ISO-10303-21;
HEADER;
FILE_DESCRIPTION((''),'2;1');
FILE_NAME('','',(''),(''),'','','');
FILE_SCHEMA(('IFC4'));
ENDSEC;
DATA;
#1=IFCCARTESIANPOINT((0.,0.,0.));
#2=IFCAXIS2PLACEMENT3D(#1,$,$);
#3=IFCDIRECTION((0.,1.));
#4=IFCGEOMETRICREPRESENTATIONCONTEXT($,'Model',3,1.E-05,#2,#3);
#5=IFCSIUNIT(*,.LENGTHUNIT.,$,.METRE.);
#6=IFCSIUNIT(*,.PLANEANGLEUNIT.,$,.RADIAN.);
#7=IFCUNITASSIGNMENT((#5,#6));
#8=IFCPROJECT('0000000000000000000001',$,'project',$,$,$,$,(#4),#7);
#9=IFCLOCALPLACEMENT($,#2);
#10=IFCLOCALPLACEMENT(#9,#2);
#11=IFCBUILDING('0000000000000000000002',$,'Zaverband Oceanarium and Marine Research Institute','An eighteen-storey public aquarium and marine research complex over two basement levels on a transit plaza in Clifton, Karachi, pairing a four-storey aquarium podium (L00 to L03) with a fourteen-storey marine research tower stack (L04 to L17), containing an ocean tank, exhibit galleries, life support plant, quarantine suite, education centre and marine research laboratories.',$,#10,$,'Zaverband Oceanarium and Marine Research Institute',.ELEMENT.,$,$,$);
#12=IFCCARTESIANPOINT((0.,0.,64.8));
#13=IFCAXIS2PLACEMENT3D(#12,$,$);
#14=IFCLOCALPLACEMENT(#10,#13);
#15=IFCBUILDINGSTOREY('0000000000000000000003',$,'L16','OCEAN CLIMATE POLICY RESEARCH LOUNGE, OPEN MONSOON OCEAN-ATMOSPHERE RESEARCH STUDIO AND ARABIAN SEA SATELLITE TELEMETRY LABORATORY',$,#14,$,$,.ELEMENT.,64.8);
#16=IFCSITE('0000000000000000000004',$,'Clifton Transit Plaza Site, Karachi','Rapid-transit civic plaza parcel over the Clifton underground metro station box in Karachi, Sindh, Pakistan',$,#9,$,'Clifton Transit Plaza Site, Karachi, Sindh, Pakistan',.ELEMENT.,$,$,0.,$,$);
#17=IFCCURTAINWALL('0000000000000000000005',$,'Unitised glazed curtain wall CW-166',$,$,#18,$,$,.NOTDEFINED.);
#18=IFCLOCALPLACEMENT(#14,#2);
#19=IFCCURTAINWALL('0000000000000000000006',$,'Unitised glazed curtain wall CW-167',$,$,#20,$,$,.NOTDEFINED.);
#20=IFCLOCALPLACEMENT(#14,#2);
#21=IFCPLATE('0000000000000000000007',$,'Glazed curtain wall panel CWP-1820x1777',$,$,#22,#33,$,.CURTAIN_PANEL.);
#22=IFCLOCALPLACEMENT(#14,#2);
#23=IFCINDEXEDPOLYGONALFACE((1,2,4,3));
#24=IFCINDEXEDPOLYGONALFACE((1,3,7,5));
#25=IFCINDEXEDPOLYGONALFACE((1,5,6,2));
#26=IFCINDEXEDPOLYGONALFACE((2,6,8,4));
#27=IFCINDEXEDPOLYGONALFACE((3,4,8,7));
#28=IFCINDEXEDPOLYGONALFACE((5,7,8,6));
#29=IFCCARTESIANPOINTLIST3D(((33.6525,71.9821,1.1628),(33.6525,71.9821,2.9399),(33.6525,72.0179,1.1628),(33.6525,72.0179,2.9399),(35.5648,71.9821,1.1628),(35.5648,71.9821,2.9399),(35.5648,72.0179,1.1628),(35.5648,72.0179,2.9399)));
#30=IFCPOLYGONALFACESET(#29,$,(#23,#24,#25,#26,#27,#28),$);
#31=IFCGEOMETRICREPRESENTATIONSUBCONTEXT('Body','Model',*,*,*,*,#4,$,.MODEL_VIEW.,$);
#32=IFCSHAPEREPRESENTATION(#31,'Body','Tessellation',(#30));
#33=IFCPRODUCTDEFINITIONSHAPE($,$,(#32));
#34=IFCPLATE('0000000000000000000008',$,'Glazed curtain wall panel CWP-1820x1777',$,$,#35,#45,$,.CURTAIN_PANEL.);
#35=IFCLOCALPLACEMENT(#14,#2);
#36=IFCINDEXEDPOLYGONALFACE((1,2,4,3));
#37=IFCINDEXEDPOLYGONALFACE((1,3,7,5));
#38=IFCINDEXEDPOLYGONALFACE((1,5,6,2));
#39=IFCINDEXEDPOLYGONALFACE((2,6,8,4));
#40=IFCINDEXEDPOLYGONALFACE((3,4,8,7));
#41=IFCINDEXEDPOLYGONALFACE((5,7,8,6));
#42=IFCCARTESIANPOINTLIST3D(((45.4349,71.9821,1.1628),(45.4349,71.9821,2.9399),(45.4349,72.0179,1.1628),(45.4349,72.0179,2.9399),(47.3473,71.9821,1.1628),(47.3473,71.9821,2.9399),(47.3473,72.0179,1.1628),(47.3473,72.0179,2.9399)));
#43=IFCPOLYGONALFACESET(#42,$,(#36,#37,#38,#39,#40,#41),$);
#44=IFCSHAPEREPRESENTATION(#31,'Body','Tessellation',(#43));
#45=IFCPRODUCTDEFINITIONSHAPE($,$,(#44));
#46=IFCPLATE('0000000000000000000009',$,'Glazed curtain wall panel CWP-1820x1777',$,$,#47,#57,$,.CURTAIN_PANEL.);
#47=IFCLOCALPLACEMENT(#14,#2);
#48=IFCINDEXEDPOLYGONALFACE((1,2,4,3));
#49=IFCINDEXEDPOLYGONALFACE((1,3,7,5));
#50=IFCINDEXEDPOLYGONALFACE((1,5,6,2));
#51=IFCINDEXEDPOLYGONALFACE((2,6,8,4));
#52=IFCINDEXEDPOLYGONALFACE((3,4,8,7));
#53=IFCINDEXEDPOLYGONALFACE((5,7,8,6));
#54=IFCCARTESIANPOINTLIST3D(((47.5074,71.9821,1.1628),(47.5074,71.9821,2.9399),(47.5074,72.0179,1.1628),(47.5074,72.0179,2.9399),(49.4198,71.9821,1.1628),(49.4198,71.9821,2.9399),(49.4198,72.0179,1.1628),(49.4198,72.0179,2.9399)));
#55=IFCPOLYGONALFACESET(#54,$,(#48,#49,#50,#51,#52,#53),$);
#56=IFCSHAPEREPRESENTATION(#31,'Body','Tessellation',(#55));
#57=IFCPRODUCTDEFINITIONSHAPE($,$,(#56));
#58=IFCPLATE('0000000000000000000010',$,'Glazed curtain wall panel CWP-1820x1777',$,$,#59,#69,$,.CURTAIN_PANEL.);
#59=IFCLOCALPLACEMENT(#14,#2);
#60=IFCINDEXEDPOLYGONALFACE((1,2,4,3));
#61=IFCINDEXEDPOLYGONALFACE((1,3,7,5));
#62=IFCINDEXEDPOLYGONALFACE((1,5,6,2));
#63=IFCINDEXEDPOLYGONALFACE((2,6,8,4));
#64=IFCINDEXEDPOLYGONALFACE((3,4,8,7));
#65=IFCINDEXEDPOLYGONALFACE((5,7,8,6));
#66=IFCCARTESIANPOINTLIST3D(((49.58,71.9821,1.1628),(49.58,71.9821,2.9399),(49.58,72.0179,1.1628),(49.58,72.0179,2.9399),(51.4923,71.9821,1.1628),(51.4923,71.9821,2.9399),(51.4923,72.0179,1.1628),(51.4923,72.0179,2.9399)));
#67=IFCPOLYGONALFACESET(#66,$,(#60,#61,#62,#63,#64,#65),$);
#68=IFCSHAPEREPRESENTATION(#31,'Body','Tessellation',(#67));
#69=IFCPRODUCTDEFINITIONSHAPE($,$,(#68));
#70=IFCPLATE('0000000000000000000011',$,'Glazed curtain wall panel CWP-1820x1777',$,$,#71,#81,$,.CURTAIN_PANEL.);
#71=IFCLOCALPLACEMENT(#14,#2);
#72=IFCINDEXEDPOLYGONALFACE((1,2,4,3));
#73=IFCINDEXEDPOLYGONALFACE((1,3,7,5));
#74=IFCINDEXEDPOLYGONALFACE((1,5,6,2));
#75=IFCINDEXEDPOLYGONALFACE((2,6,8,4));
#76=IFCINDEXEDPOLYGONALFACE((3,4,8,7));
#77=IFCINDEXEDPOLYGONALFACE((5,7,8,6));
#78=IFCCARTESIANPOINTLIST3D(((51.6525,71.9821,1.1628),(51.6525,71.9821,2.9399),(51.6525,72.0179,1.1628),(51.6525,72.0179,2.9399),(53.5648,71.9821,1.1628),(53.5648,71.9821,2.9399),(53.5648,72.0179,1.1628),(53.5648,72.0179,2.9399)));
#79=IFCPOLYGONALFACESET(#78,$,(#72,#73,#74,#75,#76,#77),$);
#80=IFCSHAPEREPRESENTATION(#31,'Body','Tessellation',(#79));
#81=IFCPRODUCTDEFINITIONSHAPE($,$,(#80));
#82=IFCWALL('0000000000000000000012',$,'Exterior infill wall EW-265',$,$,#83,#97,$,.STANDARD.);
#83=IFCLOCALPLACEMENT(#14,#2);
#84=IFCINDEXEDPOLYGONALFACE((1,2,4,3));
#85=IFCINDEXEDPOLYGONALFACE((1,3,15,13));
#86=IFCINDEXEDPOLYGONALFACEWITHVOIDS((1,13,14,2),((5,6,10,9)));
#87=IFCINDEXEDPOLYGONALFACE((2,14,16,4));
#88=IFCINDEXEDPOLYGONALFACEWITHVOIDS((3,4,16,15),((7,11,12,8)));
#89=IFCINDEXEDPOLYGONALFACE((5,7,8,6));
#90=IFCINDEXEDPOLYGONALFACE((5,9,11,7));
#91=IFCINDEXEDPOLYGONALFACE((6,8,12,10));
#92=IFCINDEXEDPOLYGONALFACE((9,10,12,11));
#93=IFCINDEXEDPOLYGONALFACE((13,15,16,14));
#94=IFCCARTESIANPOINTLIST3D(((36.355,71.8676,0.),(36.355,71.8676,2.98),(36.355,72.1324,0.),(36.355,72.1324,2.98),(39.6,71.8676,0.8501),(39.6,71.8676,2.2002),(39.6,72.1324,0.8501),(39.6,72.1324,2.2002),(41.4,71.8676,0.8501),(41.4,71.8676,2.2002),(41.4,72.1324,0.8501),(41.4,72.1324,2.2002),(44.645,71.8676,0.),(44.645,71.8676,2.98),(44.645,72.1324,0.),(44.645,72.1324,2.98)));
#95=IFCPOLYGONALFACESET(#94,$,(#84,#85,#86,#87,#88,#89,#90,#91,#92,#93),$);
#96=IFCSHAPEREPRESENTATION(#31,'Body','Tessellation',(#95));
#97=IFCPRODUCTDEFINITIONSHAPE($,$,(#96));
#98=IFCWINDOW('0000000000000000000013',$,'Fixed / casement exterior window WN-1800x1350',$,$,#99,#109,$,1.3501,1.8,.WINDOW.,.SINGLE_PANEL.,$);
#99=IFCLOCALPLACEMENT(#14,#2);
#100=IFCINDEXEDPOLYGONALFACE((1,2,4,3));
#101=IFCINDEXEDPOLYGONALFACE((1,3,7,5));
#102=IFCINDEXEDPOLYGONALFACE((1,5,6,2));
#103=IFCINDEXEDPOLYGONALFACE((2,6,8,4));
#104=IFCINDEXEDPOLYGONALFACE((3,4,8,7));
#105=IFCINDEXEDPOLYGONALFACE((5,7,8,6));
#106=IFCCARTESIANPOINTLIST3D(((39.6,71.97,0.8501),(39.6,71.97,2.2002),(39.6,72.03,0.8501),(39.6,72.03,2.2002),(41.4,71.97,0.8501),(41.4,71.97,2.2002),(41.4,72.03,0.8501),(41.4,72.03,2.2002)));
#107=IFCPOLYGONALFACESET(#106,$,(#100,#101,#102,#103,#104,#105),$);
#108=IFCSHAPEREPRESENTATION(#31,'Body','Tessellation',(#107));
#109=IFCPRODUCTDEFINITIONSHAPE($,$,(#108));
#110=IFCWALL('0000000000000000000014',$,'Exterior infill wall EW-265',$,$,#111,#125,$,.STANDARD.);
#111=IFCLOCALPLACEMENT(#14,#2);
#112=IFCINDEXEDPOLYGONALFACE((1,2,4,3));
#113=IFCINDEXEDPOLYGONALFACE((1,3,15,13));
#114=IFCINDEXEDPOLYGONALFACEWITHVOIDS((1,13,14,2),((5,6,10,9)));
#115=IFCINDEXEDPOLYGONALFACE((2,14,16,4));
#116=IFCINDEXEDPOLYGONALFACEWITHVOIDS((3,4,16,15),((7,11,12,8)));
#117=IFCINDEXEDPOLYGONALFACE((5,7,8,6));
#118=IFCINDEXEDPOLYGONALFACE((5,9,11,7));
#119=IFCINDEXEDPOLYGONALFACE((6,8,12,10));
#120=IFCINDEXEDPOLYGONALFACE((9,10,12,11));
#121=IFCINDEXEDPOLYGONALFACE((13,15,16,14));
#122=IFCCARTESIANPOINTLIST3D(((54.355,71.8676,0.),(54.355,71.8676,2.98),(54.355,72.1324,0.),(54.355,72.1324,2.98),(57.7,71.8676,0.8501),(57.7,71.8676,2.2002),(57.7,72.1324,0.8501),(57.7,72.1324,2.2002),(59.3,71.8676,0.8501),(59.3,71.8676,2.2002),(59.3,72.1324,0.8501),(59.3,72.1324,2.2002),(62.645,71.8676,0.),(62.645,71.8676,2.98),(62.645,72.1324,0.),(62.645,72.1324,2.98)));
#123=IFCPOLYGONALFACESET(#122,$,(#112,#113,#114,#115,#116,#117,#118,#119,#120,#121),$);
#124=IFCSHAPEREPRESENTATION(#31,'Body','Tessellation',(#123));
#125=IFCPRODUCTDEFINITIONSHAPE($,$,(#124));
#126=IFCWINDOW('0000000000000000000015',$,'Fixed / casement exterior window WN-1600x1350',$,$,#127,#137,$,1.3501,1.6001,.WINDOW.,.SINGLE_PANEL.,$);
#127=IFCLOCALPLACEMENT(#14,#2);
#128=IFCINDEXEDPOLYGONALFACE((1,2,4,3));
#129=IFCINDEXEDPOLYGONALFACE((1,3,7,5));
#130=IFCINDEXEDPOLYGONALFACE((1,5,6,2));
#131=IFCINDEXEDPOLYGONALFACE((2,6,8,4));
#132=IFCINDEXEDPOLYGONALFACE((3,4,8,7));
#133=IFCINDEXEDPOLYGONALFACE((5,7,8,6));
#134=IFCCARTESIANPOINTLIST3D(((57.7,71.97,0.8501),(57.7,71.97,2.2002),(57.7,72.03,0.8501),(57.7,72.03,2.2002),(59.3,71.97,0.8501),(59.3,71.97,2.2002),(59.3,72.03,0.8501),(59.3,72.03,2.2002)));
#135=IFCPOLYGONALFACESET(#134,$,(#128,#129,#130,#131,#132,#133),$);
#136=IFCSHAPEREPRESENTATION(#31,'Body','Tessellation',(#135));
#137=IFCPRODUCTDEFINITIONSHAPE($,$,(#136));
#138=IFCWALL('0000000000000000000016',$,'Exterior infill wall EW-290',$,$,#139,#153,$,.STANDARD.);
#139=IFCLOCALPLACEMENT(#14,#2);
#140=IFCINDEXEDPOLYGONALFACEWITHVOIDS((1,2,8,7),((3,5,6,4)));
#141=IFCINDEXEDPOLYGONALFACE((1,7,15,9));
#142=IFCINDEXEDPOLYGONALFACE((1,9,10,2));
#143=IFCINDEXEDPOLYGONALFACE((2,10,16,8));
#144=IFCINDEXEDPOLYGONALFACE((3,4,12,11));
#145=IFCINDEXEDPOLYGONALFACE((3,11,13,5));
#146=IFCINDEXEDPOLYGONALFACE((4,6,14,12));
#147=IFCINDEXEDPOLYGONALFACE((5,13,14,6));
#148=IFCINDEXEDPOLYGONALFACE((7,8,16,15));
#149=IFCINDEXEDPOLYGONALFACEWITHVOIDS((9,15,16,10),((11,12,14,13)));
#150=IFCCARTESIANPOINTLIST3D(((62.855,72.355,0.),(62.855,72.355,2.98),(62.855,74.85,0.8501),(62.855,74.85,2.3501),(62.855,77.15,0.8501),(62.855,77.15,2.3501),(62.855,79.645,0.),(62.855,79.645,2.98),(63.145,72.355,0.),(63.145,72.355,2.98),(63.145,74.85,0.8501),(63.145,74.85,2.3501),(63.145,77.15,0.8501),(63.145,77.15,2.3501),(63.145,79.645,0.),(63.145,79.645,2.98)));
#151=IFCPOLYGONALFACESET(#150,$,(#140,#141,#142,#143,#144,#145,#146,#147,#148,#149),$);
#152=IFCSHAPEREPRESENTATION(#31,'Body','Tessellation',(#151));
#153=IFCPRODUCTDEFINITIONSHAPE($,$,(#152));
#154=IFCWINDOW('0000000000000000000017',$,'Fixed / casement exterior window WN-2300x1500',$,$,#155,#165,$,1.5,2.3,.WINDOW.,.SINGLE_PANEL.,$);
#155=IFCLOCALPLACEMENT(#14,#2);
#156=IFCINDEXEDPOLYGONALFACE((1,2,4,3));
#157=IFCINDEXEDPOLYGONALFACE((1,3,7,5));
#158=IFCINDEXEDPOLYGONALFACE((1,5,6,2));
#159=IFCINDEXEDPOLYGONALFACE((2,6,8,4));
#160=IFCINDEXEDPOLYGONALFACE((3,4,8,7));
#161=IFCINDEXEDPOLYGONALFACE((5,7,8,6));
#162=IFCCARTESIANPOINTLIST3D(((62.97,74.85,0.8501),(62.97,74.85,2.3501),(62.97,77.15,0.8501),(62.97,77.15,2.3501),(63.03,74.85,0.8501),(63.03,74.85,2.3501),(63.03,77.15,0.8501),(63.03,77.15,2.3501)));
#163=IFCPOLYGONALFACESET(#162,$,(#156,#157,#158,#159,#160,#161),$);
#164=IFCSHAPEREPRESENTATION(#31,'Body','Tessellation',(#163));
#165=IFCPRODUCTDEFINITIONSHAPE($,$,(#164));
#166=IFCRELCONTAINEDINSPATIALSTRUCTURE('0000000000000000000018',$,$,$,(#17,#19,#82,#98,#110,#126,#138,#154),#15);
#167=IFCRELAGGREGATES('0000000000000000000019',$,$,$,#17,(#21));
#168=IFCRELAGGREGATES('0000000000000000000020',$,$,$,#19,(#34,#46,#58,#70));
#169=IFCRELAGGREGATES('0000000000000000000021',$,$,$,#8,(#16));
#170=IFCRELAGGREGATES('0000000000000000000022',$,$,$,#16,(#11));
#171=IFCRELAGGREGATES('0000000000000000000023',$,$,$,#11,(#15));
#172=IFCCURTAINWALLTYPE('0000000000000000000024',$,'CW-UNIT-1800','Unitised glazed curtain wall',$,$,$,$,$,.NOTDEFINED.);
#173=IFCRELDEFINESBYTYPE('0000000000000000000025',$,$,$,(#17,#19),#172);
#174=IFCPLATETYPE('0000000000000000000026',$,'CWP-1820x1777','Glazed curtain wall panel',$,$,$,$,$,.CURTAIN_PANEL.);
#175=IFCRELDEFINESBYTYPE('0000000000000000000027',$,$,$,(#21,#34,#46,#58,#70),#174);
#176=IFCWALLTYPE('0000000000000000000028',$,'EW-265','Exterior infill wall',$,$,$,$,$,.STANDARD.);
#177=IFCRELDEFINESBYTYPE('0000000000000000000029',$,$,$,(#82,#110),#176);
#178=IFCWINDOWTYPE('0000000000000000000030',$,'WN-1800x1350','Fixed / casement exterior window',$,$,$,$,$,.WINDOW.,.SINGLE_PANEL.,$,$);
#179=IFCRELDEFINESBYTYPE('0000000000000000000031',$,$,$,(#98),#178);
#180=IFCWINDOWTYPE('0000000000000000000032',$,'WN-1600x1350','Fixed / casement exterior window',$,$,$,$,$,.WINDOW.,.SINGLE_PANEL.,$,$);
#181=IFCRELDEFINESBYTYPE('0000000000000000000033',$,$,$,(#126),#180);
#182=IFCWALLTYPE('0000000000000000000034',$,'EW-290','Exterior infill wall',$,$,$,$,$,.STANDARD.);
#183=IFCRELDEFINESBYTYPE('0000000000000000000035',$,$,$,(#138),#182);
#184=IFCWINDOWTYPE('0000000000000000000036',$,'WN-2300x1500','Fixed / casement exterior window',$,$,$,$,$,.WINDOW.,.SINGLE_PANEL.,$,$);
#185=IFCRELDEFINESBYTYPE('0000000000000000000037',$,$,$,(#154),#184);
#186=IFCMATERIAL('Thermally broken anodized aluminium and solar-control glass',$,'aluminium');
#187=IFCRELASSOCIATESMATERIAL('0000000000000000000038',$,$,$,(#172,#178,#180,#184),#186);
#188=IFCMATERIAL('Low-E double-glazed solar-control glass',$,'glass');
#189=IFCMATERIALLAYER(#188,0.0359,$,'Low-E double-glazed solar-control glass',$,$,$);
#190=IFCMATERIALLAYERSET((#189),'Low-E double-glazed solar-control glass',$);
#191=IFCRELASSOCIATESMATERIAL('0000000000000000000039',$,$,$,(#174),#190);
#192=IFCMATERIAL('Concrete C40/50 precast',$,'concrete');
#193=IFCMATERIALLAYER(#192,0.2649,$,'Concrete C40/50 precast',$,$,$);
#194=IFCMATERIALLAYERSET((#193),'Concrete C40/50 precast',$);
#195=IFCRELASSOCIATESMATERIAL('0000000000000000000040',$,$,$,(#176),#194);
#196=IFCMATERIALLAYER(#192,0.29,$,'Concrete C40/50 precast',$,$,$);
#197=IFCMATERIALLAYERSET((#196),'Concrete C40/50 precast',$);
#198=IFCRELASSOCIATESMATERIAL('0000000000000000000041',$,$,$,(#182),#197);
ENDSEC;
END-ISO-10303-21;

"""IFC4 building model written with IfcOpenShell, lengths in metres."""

from ifc_helpers import new_model, si_unit, direction, frame, frame_2d, origin, place, context, subcontext, project, spatial, rectangle, extrude, material, layer, layer_set, type_object, element, fill, aggregate, save


model = new_model("IFC4")

# Units and contexts
model_context = context("Model", 3, precision=1e-05, world=origin(), true_north=direction((0.0, 1.0)))
body_context = subcontext(model_context, "Body", "Model", "MODEL_VIEW")
ifc_project = project(units=[si_unit("LENGTHUNIT", "METRE"), si_unit("PLANEANGLEUNIT", "RADIAN")], contexts=[model_context])

# Site, building, storey
site_placement = place(None, origin())
site = spatial("IfcSite", under=ifc_project, at=site_placement, Name="Clifton Transit Plaza Site, Karachi", Description="Rapid-transit civic plaza parcel over the Clifton underground metro station box in Karachi, Sindh, Pakistan", LongName="Clifton Transit Plaza Site, Karachi, Sindh, Pakistan", CompositionType="ELEMENT", RefElevation=0.0)
building_placement = place(site_placement, origin())
building = spatial("IfcBuilding", under=site, at=building_placement, Name="Zaverband Oceanarium and Marine Research Institute", Description="An eighteen-storey public aquarium and marine research complex over two basement levels on a transit plaza in Clifton, Karachi, pairing a four-storey aquarium podium (L00 to L03) with a fourteen-storey marine research tower stack (L04 to L17), containing an ocean tank, exhibit galleries, life support plant, quarantine suite, education centre and marine research laboratories.", LongName="Zaverband Oceanarium and Marine Research Institute", CompositionType="ELEMENT")
storey_placement = place(building_placement, frame((0.0, 0.0, 64.8)))
storey = spatial("IfcBuildingStorey", under=building, at=storey_placement, Name="L16", Description="OCEAN CLIMATE POLICY RESEARCH LOUNGE, OPEN MONSOON OCEAN-ATMOSPHERE RESEARCH STUDIO AND ARABIAN SEA SATELLITE TELEMETRY LABORATORY", CompositionType="ELEMENT", Elevation=64.8)

# Curtain walls
ifc_material_1 = material(Name="Thermally broken anodized aluminium and solar-control glass", Category="aluminium")
curtain_wall_type = type_object("IfcCurtainWallType", Name="CW-UNIT-1800", Description="Unitised glazed curtain wall", PredefinedType="NOTDEFINED", material=ifc_material_1)
curtain_wall_1_placement = place(storey_placement, origin())
curtain_wall_1 = element("IfcCurtainWall", 1, at=curtain_wall_1_placement, inside=storey, type_object=curtain_wall_type, Name="Unitised glazed curtain wall CW-166", PredefinedType="NOTDEFINED")
curtain_wall_2_placement = place(storey_placement, origin())
curtain_wall_2 = element("IfcCurtainWall", 2, at=curtain_wall_2_placement, inside=storey, type_object=curtain_wall_type, Name="Unitised glazed curtain wall CW-167", PredefinedType="NOTDEFINED")

# Plates
ifc_material_2 = material(Name="Low-E double-glazed solar-control glass", Category="glass")
ifc_layer_1 = layer(ifc_material_2, 0.0359, Name="Low-E double-glazed solar-control glass")
ifc_layer_set_1 = layer_set([ifc_layer_1], Name="Low-E double-glazed solar-control glass")
plate_type_1 = type_object("IfcPlateType", Name="CWP-1820x1777", Description="Glazed curtain wall panel", PredefinedType="CURTAIN_PANEL", material=ifc_layer_set_1)
plate_1_placement = place(storey_placement, frame((33.6526, 72.0, 1.1628), z_axis=(0.0, 0.0, 1.0), x_axis=(1.0, 0.0, 0.0)))
plate_1 = element("IfcPlate", 3, at=plate_1_placement, type_object=plate_type_1, Name="Glazed curtain wall panel CWP-1820x1777", PredefinedType="CURTAIN_PANEL", context=body_context, shape_type="SweptSolid", body=[
    extrude(rectangle(XDim=1.9124, YDim=0.0359, at=frame_2d((0.9561, 0.0))), origin(), (0.0, 0.0, 1.0), 1.7771),
])
aggregate(curtain_wall_1, [plate_1])
plate_2_placement = place(storey_placement, frame((45.4351, 72.0, 1.1628), z_axis=(0.0, 0.0, 1.0), x_axis=(1.0, 0.0, 0.0)))
plate_2 = element("IfcPlate", 4, at=plate_2_placement, type_object=plate_type_1, Name="Glazed curtain wall panel CWP-1820x1777", PredefinedType="CURTAIN_PANEL", context=body_context, shape_type="SweptSolid", body=[
    extrude(rectangle(XDim=1.9124, YDim=0.0359, at=frame_2d((0.9561, 0.0))), origin(), (0.0, 0.0, 1.0), 1.7771),
])
plate_3_placement = place(storey_placement, frame((47.5076, 72.0, 1.1628), z_axis=(0.0, 0.0, 1.0), x_axis=(1.0, 0.0, 0.0)))
plate_3 = element("IfcPlate", 5, at=plate_3_placement, type_object=plate_type_1, Name="Glazed curtain wall panel CWP-1820x1777", PredefinedType="CURTAIN_PANEL", context=body_context, shape_type="SweptSolid", body=[
    extrude(rectangle(XDim=1.9124, YDim=0.0359, at=frame_2d((0.9561, 0.0))), origin(), (0.0, 0.0, 1.0), 1.7771),
])
plate_4_placement = place(storey_placement, frame((49.5801, 72.0, 1.1628), z_axis=(0.0, 0.0, 1.0), x_axis=(1.0, 0.0, 0.0)))
plate_4 = element("IfcPlate", 6, at=plate_4_placement, type_object=plate_type_1, Name="Glazed curtain wall panel CWP-1820x1777", PredefinedType="CURTAIN_PANEL", context=body_context, shape_type="SweptSolid", body=[
    extrude(rectangle(XDim=1.9124, YDim=0.0359, at=frame_2d((0.9561, 0.0))), origin(), (0.0, 0.0, 1.0), 1.7771),
])
plate_5_placement = place(storey_placement, frame((51.6526, 72.0, 1.1628), z_axis=(0.0, 0.0, 1.0), x_axis=(1.0, 0.0, 0.0)))
plate_5 = element("IfcPlate", 7, at=plate_5_placement, type_object=plate_type_1, Name="Glazed curtain wall panel CWP-1820x1777", PredefinedType="CURTAIN_PANEL", context=body_context, shape_type="SweptSolid", body=[
    extrude(rectangle(XDim=1.9124, YDim=0.0359, at=frame_2d((0.9561, 0.0))), origin(), (0.0, 0.0, 1.0), 1.7771),
])
aggregate(curtain_wall_2, [plate_2, plate_3, plate_4, plate_5])

# Walls, openings, windows
ifc_material_3 = material(Name="Concrete C40/50 precast", Category="concrete")
ifc_layer_2 = layer(ifc_material_3, 0.2649, Name="Concrete C40/50 precast")
ifc_layer_set_2 = layer_set([ifc_layer_2], Name="Concrete C40/50 precast")
wall_type_1 = type_object("IfcWallType", Name="EW-265", Description="Exterior infill wall", PredefinedType="STANDARD", material=ifc_layer_set_2)
wall_1_placement = place(storey_placement, frame((36.355, 72.0, 0.0), z_axis=(0.0, 0.0, 1.0), x_axis=(1.0, 0.0, 0.0)))
wall_1 = element("IfcWall", 8, at=wall_1_placement, inside=storey, type_object=wall_type_1, Name="Exterior infill wall EW-265", PredefinedType="STANDARD", context=body_context, shape_type="SweptSolid", body=[
    extrude(rectangle(XDim=8.29, YDim=0.2649, at=frame_2d((4.145, 0.0))), origin(), (0.0, 0.0, 1.0), 2.98),
])
opening_1_placement = place(wall_1_placement, frame((3.2451, 0.0, 0.8501)))
opening_1 = element("IfcOpeningElement", 9, at=opening_1_placement, cuts=wall_1, PredefinedType="OPENING", context=body_context, shape_type="SweptSolid", body=[
    extrude(rectangle(XDim=1.8, YDim=1.3501, at=frame_2d((0.8999, 0.675))), frame((0.0, 0.1445, 0.0), z_axis=(0.0, -1.0, 0.0), x_axis=(1.0, 0.0, 0.0)), (0.0, 0.0, 1.0), 0.2888),
])
window_type_1 = type_object("IfcWindowType", Name="WN-1800x1350", Description="Fixed / casement exterior window", PartitioningType="SINGLE_PANEL", PredefinedType="WINDOW", material=ifc_material_1)
window_1_placement = place(opening_1_placement, origin())
window_1 = element("IfcWindow", 10, at=window_1_placement, inside=storey, type_object=window_type_1, Name="Fixed / casement exterior window WN-1800x1350", OverallHeight=1.3501, OverallWidth=1.8, PartitioningType="SINGLE_PANEL", PredefinedType="WINDOW", context=body_context, shape_type="SweptSolid", body=[
    extrude(rectangle(XDim=1.8, YDim=1.3501, at=frame_2d((0.8999, 0.675))), frame((0.0, 0.03, 0.0), z_axis=(0.0, -1.0, 0.0), x_axis=(1.0, 0.0, 0.0)), (0.0, 0.0, 1.0), 0.0601),
])
fill(opening_1, window_1)
wall_2_placement = place(storey_placement, frame((54.355, 72.0, 0.0), z_axis=(0.0, 0.0, 1.0), x_axis=(1.0, 0.0, 0.0)))
wall_2 = element("IfcWall", 11, at=wall_2_placement, inside=storey, type_object=wall_type_1, Name="Exterior infill wall EW-265", PredefinedType="STANDARD", context=body_context, shape_type="SweptSolid", body=[
    extrude(rectangle(XDim=8.29, YDim=0.2649, at=frame_2d((4.145, 0.0))), origin(), (0.0, 0.0, 1.0), 2.98),
])
opening_2_placement = place(wall_2_placement, frame((3.345, 0.0, 0.8501)))
opening_2 = element("IfcOpeningElement", 12, at=opening_2_placement, cuts=wall_2, PredefinedType="OPENING", context=body_context, shape_type="SweptSolid", body=[
    extrude(rectangle(XDim=1.6001, YDim=1.3501, at=frame_2d((0.8, 0.675))), frame((0.0, 0.1445, 0.0), z_axis=(0.0, -1.0, 0.0), x_axis=(1.0, 0.0, 0.0)), (0.0, 0.0, 1.0), 0.2888),
])
window_type_2 = type_object("IfcWindowType", Name="WN-1600x1350", Description="Fixed / casement exterior window", PartitioningType="SINGLE_PANEL", PredefinedType="WINDOW", material=ifc_material_1)
window_2_placement = place(opening_2_placement, origin())
window_2 = element("IfcWindow", 13, at=window_2_placement, inside=storey, type_object=window_type_2, Name="Fixed / casement exterior window WN-1600x1350", OverallHeight=1.3501, OverallWidth=1.6001, PartitioningType="SINGLE_PANEL", PredefinedType="WINDOW", context=body_context, shape_type="SweptSolid", body=[
    extrude(rectangle(XDim=1.6001, YDim=1.3501, at=frame_2d((0.8, 0.675))), frame((0.0, 0.03, 0.0), z_axis=(0.0, -1.0, 0.0), x_axis=(1.0, 0.0, 0.0)), (0.0, 0.0, 1.0), 0.0601),
])
fill(opening_2, window_2)
ifc_layer_3 = layer(ifc_material_3, 0.29, Name="Concrete C40/50 precast")
ifc_layer_set_3 = layer_set([ifc_layer_3], Name="Concrete C40/50 precast")
wall_type_2 = type_object("IfcWallType", Name="EW-290", Description="Exterior infill wall", PredefinedType="STANDARD", material=ifc_layer_set_3)
wall_3_placement = place(storey_placement, frame((63.0, 72.355, 0.0), z_axis=(0.0, 0.0, 1.0), x_axis=(0.0, 1.0, 0.0)))
wall_3 = element("IfcWall", 14, at=wall_3_placement, inside=storey, type_object=wall_type_2, Name="Exterior infill wall EW-290", PredefinedType="STANDARD", context=body_context, shape_type="SweptSolid", body=[
    extrude(rectangle(XDim=7.29, YDim=0.29, at=frame_2d((3.645, 0.0))), origin(), (0.0, 0.0, 1.0), 2.98),
])
opening_3_placement = place(wall_3_placement, frame((2.4951, 0.0, 0.8501)))
opening_3 = element("IfcOpeningElement", 15, at=opening_3_placement, cuts=wall_3, PredefinedType="OPENING", context=body_context, shape_type="SweptSolid", body=[
    extrude(rectangle(XDim=2.3, YDim=1.5, at=frame_2d((1.1499, 0.75))), frame((0.0, 0.157, 0.0), z_axis=(0.0, -1.0, 0.0), x_axis=(1.0, 0.0, 0.0)), (0.0, 0.0, 1.0), 0.314),
])
window_type_3 = type_object("IfcWindowType", Name="WN-2300x1500", Description="Fixed / casement exterior window", PartitioningType="SINGLE_PANEL", PredefinedType="WINDOW", material=ifc_material_1)
window_3_placement = place(opening_3_placement, origin())
window_3 = element("IfcWindow", 16, at=window_3_placement, inside=storey, type_object=window_type_3, Name="Fixed / casement exterior window WN-2300x1500", OverallHeight=1.5, OverallWidth=2.3, PartitioningType="SINGLE_PANEL", PredefinedType="WINDOW", context=body_context, shape_type="SweptSolid", body=[
    extrude(rectangle(XDim=2.3, YDim=1.5, at=frame_2d((1.1499, 0.75))), frame((0.0, 0.03, 0.0), z_axis=(0.0, -1.0, 0.0), x_axis=(1.0, 0.0, 0.0)), (0.0, 0.0, 1.0), 0.0601),
])
fill(opening_3, window_3)

save(model, "model.ifc")
